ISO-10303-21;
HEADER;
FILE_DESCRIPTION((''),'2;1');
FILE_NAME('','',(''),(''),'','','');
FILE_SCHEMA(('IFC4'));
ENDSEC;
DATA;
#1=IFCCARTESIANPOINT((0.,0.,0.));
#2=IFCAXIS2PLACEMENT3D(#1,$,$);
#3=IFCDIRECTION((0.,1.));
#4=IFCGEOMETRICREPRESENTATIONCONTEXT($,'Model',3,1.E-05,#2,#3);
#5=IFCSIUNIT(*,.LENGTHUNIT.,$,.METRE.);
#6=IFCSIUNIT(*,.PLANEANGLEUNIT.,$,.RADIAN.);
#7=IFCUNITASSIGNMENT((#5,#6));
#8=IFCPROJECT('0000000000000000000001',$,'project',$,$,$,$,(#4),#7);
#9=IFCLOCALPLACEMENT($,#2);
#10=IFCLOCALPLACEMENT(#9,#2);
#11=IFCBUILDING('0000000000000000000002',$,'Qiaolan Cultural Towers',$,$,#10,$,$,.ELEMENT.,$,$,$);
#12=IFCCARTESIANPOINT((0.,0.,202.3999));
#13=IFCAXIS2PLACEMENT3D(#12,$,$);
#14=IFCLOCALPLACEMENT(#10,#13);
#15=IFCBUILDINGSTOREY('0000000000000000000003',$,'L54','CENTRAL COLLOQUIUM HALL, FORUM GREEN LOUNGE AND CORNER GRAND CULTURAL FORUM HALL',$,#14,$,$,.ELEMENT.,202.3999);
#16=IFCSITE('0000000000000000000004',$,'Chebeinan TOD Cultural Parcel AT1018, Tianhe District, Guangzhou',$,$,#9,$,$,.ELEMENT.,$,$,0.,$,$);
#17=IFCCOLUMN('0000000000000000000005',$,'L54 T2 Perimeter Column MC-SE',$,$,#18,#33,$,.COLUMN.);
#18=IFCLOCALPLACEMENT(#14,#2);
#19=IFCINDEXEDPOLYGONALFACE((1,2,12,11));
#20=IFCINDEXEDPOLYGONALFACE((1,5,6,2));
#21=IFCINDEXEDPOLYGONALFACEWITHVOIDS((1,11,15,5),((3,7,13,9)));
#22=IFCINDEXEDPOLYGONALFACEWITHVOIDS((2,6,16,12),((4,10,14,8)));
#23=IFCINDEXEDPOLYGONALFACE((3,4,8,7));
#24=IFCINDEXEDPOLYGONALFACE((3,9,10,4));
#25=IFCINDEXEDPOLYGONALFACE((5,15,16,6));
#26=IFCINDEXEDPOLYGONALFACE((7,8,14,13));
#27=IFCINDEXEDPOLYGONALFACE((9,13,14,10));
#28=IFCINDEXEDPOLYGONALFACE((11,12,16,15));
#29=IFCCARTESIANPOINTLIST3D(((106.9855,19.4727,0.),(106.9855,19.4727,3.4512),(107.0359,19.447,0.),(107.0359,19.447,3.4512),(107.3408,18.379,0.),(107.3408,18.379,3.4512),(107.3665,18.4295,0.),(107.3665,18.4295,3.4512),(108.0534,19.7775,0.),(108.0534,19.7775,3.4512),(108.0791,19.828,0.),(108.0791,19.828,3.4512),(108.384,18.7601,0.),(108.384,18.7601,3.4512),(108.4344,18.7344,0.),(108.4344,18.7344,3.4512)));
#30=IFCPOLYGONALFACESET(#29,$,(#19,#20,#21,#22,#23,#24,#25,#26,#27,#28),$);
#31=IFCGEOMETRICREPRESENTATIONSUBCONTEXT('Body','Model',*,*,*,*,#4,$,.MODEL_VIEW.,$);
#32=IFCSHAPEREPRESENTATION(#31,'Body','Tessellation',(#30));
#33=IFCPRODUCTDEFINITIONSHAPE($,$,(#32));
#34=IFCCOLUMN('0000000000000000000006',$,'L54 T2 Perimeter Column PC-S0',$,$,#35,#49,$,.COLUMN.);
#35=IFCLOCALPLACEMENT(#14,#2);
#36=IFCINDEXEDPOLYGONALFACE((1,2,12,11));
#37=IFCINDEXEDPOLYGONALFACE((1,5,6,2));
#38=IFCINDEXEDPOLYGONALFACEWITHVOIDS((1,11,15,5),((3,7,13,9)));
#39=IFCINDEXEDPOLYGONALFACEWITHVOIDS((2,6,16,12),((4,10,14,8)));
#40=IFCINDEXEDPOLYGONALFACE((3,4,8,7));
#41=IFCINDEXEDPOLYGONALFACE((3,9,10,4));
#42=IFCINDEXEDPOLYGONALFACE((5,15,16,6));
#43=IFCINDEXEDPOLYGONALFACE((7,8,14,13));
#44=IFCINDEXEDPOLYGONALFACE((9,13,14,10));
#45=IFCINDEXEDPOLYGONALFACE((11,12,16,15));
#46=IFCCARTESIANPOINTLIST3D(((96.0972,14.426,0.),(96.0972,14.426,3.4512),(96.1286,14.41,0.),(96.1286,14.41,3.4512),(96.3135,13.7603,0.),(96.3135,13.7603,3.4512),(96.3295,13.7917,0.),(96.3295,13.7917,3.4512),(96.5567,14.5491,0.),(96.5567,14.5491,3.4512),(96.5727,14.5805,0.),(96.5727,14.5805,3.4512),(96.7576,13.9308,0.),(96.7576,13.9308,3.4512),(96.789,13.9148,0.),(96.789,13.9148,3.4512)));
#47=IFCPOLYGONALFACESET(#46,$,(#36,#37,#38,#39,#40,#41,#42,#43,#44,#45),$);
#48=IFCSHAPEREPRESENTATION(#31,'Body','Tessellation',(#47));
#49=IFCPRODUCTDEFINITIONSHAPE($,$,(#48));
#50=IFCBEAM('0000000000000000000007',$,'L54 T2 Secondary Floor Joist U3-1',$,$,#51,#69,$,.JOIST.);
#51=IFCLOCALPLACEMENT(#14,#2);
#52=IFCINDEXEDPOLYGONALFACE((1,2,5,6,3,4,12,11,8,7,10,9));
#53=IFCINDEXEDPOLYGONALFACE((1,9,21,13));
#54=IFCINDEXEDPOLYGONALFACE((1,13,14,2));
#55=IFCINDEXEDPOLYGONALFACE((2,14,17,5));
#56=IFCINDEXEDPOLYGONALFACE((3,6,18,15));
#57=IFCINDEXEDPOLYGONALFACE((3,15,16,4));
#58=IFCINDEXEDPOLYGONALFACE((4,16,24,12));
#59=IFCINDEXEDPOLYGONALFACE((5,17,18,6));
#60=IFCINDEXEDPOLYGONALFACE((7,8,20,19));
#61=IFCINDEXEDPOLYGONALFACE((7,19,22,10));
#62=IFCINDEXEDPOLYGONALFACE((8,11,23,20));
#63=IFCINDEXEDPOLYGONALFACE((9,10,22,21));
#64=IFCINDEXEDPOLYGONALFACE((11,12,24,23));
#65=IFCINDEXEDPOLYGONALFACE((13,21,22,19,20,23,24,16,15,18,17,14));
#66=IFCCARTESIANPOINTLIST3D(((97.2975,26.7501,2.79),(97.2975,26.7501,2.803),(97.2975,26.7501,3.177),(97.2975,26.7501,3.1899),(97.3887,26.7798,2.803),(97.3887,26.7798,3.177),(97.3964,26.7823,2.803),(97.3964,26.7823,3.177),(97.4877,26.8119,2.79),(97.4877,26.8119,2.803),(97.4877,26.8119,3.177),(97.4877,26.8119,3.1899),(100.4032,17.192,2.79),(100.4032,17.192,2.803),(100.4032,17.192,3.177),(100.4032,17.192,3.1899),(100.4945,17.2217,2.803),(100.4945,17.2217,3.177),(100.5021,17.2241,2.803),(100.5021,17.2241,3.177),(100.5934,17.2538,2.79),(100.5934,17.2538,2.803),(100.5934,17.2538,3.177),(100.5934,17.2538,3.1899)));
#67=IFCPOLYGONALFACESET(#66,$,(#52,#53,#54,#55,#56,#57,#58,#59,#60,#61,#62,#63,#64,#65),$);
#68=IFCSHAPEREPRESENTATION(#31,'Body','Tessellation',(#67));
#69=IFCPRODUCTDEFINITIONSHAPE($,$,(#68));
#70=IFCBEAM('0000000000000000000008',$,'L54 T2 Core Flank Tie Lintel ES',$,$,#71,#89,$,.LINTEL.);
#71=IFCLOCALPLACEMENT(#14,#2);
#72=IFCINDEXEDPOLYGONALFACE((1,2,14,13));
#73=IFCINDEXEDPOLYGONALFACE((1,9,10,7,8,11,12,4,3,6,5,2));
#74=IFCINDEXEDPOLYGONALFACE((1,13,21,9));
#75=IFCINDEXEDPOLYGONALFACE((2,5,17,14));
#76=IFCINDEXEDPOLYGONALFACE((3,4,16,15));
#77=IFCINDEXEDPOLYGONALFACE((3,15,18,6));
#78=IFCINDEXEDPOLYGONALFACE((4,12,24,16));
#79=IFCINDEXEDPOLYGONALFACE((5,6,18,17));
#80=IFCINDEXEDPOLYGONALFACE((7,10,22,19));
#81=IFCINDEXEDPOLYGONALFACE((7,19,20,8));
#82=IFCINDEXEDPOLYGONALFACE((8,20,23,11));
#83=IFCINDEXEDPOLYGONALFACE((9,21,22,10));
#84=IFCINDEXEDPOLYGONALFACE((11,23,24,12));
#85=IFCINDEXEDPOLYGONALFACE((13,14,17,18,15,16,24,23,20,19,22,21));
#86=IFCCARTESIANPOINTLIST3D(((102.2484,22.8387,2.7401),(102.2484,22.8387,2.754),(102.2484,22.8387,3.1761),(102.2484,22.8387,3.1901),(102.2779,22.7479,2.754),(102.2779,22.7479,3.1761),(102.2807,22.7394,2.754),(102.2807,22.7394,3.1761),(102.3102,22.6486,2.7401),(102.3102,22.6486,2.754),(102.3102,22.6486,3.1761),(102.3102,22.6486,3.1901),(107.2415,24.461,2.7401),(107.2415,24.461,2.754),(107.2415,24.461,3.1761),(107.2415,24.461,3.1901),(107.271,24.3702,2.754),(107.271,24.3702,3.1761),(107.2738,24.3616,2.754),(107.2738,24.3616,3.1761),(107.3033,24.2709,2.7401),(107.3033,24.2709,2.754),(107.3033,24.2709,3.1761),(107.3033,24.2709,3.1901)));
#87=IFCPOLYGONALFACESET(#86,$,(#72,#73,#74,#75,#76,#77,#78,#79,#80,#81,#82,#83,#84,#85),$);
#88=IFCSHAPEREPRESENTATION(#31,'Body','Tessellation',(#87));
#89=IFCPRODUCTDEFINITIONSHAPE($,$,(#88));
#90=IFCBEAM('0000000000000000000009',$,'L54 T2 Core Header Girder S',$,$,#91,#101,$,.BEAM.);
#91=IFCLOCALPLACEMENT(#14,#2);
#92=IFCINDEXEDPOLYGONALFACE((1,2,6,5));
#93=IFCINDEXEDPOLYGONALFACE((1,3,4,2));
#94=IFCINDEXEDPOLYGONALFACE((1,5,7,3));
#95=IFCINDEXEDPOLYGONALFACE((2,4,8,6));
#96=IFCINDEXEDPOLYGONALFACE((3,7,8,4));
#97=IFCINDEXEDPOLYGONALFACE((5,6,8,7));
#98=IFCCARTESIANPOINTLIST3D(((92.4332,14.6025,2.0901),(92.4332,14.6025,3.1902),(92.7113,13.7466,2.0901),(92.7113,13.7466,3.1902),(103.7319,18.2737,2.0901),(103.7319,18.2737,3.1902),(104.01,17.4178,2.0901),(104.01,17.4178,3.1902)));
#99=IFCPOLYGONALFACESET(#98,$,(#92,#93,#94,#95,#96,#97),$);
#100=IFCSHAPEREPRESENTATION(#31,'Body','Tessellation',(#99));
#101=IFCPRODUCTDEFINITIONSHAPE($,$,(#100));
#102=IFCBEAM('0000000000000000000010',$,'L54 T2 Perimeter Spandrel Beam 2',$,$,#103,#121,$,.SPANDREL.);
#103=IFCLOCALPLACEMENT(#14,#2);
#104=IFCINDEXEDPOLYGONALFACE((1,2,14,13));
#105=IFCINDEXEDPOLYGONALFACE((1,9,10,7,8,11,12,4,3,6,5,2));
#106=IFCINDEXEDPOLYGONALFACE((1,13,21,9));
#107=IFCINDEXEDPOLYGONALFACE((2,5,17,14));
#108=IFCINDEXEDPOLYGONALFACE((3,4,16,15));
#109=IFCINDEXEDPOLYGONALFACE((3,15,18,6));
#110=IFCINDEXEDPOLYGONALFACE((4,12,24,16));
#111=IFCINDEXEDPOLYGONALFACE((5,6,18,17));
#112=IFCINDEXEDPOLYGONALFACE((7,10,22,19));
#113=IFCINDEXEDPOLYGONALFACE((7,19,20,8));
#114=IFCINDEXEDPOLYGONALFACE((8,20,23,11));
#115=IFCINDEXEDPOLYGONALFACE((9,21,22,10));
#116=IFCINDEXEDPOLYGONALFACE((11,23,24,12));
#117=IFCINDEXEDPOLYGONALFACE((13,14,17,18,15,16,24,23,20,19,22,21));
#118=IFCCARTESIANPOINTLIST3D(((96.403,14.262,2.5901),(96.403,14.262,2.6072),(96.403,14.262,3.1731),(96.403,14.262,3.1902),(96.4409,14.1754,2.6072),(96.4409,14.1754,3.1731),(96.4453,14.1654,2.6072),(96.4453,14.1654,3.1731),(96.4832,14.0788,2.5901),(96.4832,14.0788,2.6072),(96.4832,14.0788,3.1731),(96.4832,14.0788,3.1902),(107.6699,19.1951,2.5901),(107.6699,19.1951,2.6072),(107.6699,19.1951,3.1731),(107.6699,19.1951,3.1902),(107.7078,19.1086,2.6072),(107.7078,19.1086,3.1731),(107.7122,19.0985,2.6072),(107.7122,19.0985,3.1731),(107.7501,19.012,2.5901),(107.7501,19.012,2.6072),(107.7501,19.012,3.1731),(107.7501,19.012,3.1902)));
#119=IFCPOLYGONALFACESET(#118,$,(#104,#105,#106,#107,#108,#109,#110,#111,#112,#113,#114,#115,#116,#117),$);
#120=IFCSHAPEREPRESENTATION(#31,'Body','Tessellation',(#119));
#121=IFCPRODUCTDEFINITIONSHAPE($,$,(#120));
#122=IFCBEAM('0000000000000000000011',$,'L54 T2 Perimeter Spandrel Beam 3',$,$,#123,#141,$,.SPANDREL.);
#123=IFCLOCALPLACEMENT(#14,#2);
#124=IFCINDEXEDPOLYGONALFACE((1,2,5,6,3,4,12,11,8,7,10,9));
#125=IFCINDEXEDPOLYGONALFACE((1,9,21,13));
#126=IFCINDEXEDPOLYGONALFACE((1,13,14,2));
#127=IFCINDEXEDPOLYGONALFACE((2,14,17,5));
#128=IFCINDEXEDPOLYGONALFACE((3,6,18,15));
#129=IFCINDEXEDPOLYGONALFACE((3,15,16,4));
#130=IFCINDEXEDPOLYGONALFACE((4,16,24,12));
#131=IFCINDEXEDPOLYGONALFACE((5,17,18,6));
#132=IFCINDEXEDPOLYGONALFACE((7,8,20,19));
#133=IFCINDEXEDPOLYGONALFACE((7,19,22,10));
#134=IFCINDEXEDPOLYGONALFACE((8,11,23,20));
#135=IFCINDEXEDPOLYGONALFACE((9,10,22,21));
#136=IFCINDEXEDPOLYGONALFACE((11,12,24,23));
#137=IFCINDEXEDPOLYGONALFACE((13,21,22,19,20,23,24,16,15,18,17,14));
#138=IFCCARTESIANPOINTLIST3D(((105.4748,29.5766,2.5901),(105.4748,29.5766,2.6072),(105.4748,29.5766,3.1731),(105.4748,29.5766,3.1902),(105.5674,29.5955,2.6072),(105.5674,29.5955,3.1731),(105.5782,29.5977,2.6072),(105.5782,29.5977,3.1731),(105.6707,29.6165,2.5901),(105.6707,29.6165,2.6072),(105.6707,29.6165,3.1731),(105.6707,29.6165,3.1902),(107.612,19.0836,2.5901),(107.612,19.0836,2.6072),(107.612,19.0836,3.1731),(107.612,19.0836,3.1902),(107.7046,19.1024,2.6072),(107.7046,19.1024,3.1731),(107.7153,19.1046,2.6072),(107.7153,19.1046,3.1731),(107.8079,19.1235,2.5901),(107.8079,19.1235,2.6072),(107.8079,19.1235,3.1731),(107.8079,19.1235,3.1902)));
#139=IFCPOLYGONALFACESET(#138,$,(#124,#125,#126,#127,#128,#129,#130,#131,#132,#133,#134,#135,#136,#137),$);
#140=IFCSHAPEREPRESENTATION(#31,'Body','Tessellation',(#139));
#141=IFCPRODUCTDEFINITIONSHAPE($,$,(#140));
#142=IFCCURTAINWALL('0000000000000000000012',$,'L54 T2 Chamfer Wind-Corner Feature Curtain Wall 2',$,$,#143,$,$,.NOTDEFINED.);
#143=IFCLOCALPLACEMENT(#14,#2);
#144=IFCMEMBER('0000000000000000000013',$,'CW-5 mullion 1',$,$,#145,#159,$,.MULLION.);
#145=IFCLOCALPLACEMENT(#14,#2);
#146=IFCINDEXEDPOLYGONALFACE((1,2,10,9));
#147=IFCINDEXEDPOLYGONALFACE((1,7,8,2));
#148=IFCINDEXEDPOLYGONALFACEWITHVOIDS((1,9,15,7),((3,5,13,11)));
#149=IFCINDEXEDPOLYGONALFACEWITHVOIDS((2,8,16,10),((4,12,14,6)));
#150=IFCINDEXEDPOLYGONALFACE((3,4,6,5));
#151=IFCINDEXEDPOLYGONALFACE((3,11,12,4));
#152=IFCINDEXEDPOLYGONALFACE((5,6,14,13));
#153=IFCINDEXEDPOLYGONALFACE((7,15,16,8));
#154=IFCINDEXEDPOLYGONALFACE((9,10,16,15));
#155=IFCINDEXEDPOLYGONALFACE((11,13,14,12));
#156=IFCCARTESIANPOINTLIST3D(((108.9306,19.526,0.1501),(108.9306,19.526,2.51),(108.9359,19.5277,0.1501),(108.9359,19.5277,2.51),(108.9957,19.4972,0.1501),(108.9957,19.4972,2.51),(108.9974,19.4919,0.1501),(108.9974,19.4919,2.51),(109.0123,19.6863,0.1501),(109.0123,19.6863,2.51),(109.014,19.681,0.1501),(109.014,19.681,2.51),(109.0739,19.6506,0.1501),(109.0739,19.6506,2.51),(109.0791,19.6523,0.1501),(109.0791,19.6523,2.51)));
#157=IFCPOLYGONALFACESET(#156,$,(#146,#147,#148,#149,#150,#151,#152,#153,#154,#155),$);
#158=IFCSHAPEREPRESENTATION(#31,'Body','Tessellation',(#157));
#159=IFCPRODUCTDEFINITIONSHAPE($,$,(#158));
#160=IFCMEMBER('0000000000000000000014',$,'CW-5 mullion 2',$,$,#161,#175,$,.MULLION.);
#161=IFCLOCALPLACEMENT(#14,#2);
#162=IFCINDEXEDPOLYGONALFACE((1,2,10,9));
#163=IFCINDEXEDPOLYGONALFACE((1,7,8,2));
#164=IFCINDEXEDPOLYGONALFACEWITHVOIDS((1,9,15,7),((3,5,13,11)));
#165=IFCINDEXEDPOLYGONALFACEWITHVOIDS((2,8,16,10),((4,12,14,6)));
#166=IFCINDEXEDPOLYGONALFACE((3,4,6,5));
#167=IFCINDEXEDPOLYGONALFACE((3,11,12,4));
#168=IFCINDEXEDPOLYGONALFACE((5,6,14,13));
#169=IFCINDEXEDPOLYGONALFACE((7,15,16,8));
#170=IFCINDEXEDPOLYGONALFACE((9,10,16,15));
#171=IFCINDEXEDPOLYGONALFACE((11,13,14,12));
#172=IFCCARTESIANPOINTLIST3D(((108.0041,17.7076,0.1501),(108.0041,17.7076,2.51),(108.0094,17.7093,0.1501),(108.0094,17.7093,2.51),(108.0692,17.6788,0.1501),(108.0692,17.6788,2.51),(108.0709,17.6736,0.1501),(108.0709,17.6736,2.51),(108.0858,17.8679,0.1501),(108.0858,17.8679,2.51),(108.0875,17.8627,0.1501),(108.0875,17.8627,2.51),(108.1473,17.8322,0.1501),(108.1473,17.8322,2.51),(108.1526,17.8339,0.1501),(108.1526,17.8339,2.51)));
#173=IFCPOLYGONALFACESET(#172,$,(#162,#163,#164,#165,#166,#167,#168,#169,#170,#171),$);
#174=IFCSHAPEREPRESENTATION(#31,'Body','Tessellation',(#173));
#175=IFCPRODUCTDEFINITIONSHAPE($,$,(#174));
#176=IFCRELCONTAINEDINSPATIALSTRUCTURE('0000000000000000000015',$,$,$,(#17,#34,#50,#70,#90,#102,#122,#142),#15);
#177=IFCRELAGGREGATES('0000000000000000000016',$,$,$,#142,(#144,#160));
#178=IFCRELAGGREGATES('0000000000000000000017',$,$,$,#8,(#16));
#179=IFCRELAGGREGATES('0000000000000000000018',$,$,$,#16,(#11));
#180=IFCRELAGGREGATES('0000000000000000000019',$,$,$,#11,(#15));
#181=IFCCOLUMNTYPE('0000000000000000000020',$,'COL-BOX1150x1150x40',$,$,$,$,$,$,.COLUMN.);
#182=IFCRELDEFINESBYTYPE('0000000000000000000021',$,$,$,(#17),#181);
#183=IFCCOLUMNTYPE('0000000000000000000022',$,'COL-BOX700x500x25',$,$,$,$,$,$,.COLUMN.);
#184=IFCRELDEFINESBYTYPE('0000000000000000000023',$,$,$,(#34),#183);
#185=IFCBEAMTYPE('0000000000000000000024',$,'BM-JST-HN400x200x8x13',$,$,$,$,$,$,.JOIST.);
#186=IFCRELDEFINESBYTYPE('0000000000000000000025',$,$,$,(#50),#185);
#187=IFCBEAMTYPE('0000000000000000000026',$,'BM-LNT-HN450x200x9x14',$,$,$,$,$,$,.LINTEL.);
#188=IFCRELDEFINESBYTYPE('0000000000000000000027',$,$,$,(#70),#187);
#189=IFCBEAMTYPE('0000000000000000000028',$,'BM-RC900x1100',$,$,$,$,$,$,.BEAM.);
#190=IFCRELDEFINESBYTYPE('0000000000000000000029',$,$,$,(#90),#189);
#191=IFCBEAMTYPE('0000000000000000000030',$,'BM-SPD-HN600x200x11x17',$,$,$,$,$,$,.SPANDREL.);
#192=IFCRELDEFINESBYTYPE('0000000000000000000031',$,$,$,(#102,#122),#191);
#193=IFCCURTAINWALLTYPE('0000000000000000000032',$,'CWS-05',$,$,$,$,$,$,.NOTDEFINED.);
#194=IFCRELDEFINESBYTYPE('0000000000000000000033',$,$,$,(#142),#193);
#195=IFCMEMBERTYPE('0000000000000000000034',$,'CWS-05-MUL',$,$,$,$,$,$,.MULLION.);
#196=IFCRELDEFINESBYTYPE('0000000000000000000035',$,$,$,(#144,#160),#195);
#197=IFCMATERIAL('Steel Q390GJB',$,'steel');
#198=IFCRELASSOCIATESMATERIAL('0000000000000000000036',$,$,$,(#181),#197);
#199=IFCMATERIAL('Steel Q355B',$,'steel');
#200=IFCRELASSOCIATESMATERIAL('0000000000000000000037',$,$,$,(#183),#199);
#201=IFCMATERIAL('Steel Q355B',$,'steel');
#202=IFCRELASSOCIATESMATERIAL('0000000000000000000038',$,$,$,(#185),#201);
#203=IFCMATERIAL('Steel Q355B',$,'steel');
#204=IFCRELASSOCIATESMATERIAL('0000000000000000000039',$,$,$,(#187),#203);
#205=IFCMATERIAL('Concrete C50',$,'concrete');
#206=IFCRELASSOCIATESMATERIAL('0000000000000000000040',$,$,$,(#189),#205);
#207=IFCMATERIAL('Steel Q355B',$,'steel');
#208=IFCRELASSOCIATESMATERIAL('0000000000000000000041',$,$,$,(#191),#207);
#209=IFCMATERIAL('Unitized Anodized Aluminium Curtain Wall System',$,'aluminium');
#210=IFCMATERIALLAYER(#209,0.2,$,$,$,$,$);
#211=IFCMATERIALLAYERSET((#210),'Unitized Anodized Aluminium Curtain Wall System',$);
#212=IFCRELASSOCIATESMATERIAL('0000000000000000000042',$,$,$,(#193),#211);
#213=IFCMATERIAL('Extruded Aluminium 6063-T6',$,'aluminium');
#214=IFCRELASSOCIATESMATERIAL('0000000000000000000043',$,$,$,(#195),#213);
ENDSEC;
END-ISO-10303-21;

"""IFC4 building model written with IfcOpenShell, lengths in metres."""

from ifc_helpers import new_model, si_unit, direction, frame, origin, origin_2d, place, context, subcontext, project, spatial, rectangle, hollow_rectangle, i_section, extrude, material, layer, layer_set, material_profile, profile_set, type_object, element, aggregate, save


model = new_model("IFC4")

# Units and contexts
model_context = context("Model", 3, precision=1e-05, world=origin(), true_north=direction((0.0, 1.0)))
body_context = subcontext(model_context, "Body", "Model", "MODEL_VIEW")
ifc_project = project(units=[si_unit("LENGTHUNIT", "METRE"), si_unit("PLANEANGLEUNIT", "RADIAN")], contexts=[model_context])

# Site, building, storey
site_placement = place(None, origin())
site = spatial("IfcSite", under=ifc_project, at=site_placement, Name="Chebeinan TOD Cultural Parcel AT1018, Tianhe District, Guangzhou", CompositionType="ELEMENT", RefElevation=0.0)
building_placement = place(site_placement, origin())
building = spatial("IfcBuilding", under=site, at=building_placement, Name="Qiaolan Cultural Towers", CompositionType="ELEMENT")
storey_placement = place(building_placement, frame((0.0, 0.0, 202.3999)))
storey = spatial("IfcBuildingStorey", under=building, at=storey_placement, Name="L54", Description="CENTRAL COLLOQUIUM HALL, FORUM GREEN LOUNGE AND CORNER GRAND CULTURAL FORUM HALL", CompositionType="ELEMENT", Elevation=202.3999)

# Columns
ifc_material_1 = material(Name="Steel Q390GJB", Category="steel")
ifc_material_profile_1 = material_profile(ifc_material_1, hollow_rectangle(XDim=1.1499, YDim=1.1499, WallThickness=0.04, at=origin_2d()), Name="BOX1150x1150x40")
ifc_profile_set_1 = profile_set([ifc_material_profile_1], Name="Steel Q390GJB")
column_type_1 = type_object("IfcColumnType", Name="COL-BOX1150x1150x40", PredefinedType="COLUMN", material=ifc_profile_set_1)
column_1_placement = place(storey_placement, frame((107.71, 19.1035, 0.0), z_axis=(0.0, 0.0, 1.0), x_axis=(0.951057, 0.309017, 0.0)))
element("IfcColumn", 1, at=column_1_placement, inside=storey, type_object=column_type_1, Name="L54 T2 Perimeter Column MC-SE", PredefinedType="COLUMN", context=body_context, shape_type="SweptSolid", body=[
    extrude(hollow_rectangle(XDim=1.1499, YDim=1.1499, WallThickness=0.04, at=origin_2d()), origin(), (0.0, 0.0, 1.0), 3.4512),
])
ifc_material_2 = material(Name="Steel Q355B", Category="steel")
ifc_material_profile_2 = material_profile(ifc_material_2, hollow_rectangle(XDim=0.5, YDim=0.7, WallThickness=0.0249, at=origin_2d()), Name="BOX700x500x25")
ifc_profile_set_2 = profile_set([ifc_material_profile_2], Name="Steel Q355B")
column_type_2 = type_object("IfcColumnType", Name="COL-BOX700x500x25", PredefinedType="COLUMN", material=ifc_profile_set_2)
column_2_placement = place(storey_placement, frame((96.4431, 14.1704, 0.0), z_axis=(0.0, 0.0, 1.0), x_axis=(0.951057, 0.309017, 0.0)))
element("IfcColumn", 2, at=column_2_placement, inside=storey, type_object=column_type_2, Name="L54 T2 Perimeter Column PC-S0", PredefinedType="COLUMN", context=body_context, shape_type="SweptSolid", body=[
    extrude(hollow_rectangle(XDim=0.5, YDim=0.7, WallThickness=0.0249, at=origin_2d()), origin(), (0.0, 0.0, 1.0), 3.4512),
])

# Beams
ifc_material_3 = material(Name="Steel Q355B", Category="steel")
ifc_material_profile_3 = material_profile(ifc_material_3, i_section(OverallWidth=0.2, OverallDepth=0.3999, WebThickness=0.0081, FlangeThickness=0.0129, at=origin_2d()), Name="HN400x200x8x13")
ifc_profile_set_3 = profile_set([ifc_material_profile_3], Name="Steel Q355B")
beam_type_1 = type_object("IfcBeamType", Name="BM-JST-HN400x200x8x13", PredefinedType="JOIST", material=ifc_profile_set_3)
beam_1_placement = place(storey_placement, frame((100.4983, 17.2229, 2.99), z_axis=(-0.309026, 0.951054, 0.0), x_axis=(-0.951054, -0.309026, 0.0)))
element("IfcBeam", 3, at=beam_1_placement, inside=storey, type_object=beam_type_1, Name="L54 T2 Secondary Floor Joist U3-1", PredefinedType="JOIST", context=body_context, shape_type="SweptSolid", body=[
    extrude(i_section(OverallWidth=0.2, OverallDepth=0.3999, WebThickness=0.0081, FlangeThickness=0.0129, at=origin_2d()), origin(), (0.0, 0.0, 1.0), 10.05),
])
ifc_material_4 = material(Name="Steel Q355B", Category="steel")
ifc_material_profile_4 = material_profile(ifc_material_4, i_section(OverallWidth=0.2, OverallDepth=0.45, WebThickness=0.009, FlangeThickness=0.0139, at=origin_2d()), Name="HN450x200x9x14")
ifc_profile_set_4 = profile_set([ifc_material_profile_4], Name="Steel Q355B")
beam_type_2 = type_object("IfcBeamType", Name="BM-LNT-HN450x200x9x14", PredefinedType="LINTEL", material=ifc_profile_set_4)
beam_2_placement = place(storey_placement, frame((102.2793, 22.7437, 2.9651), z_axis=(0.95106, 0.309006, 0.0), x_axis=(-0.309006, 0.95106, 0.0)))
element("IfcBeam", 4, at=beam_2_placement, inside=storey, type_object=beam_type_2, Name="L54 T2 Core Flank Tie Lintel ES", PredefinedType="LINTEL", context=body_context, shape_type="SweptSolid", body=[
    extrude(i_section(OverallWidth=0.2, OverallDepth=0.45, WebThickness=0.009, FlangeThickness=0.0139, at=origin_2d()), origin(), (0.0, 0.0, 1.0), 5.25),
])
ifc_material_5 = material(Name="Concrete C50", Category="concrete")
ifc_material_profile_5 = material_profile(ifc_material_5, rectangle(XDim=0.8999, YDim=1.1001, at=origin_2d()), Name="RC900x1100")
ifc_profile_set_5 = profile_set([ifc_material_profile_5], Name="Concrete C50")
beam_type_3 = type_object("IfcBeamType", Name="BM-RC900x1100", PredefinedType="BEAM", material=ifc_profile_set_5)
beam_3_placement = place(storey_placement, frame((92.5723, 14.1746, 2.6401), z_axis=(0.951056, 0.309018, 0.0), x_axis=(-0.309018, 0.951056, 0.0)))
element("IfcBeam", 5, at=beam_3_placement, inside=storey, type_object=beam_type_3, Name="L54 T2 Core Header Girder S", PredefinedType="BEAM", context=body_context, shape_type="SweptSolid", body=[
    extrude(rectangle(XDim=0.8999, YDim=1.1001, at=origin_2d()), origin(), (0.0, 0.0, 1.0), 11.8801),
])
ifc_material_6 = material(Name="Steel Q355B", Category="steel")
ifc_material_profile_6 = material_profile(ifc_material_6, i_section(OverallWidth=0.2, OverallDepth=0.6001, WebThickness=0.011, FlangeThickness=0.0171, at=origin_2d()), Name="HN600x200x11x17")
ifc_profile_set_6 = profile_set([ifc_material_profile_6], Name="Steel Q355B")
beam_type_4 = type_object("IfcBeamType", Name="BM-SPD-HN600x200x11x17", PredefinedType="SPANDREL", material=ifc_profile_set_6)
beam_4_placement = place(storey_placement, frame((96.4431, 14.1704, 2.8901), z_axis=(0.916042, 0.401082, 0.0), x_axis=(-0.401082, 0.916042, 0.0)))
element("IfcBeam", 6, at=beam_4_placement, inside=storey, type_object=beam_type_4, Name="L54 T2 Perimeter Spandrel Beam 2", PredefinedType="SPANDREL", context=body_context, shape_type="SweptSolid", body=[
    extrude(i_section(OverallWidth=0.2, OverallDepth=0.6001, WebThickness=0.011, FlangeThickness=0.0171, at=origin_2d()), origin(), (0.0, 0.0, 1.0), 12.2996),
])
beam_5_placement = place(storey_placement, frame((107.71, 19.1035, 2.8901), z_axis=(-0.199579, 0.979882, 0.0), x_axis=(-0.979882, -0.199579, 0.0)))
element("IfcBeam", 7, at=beam_5_placement, inside=storey, type_object=beam_type_4, Name="L54 T2 Perimeter Spandrel Beam 3", PredefinedType="SPANDREL", context=body_context, shape_type="SweptSolid", body=[
    extrude(i_section(OverallWidth=0.2, OverallDepth=0.6001, WebThickness=0.011, FlangeThickness=0.0171, at=origin_2d()), origin(), (0.0, 0.0, 1.0), 10.7085),
])

# Curtain wall, members
ifc_material_7 = material(Name="Unitized Anodized Aluminium Curtain Wall System", Category="aluminium")
ifc_layer_1 = layer(ifc_material_7, 0.2)
ifc_layer_set_1 = layer_set([ifc_layer_1], Name="Unitized Anodized Aluminium Curtain Wall System")
curtain_wall_type = type_object("IfcCurtainWallType", Name="CWS-05", PredefinedType="NOTDEFINED", material=ifc_layer_set_1)
curtain_wall_placement = place(storey_placement, origin())
curtain_wall = element("IfcCurtainWall", 8, at=curtain_wall_placement, inside=storey, type_object=curtain_wall_type, Name="L54 T2 Chamfer Wind-Corner Feature Curtain Wall 2", PredefinedType="NOTDEFINED")
ifc_material_8 = material(Name="Extruded Aluminium 6063-T6", Category="aluminium")
ifc_material_profile_7 = material_profile(ifc_material_8, hollow_rectangle(XDim=0.075, YDim=0.1799, WallThickness=0.0039, at=origin_2d()), Name="CWM-180x75x4")
ifc_profile_set_7 = profile_set([ifc_material_profile_7], Name="Extruded Aluminium 6063-T6")
member_type_1 = type_object("IfcMemberType", Name="CWS-05-MUL", PredefinedType="MULLION", material=ifc_profile_set_7)
member_1_placement = place(storey_placement, frame((109.0049, 19.5891, 0.1501), z_axis=(0.0, 0.0, 1.0), x_axis=(0.891007, -0.45399, 0.0)))
member_1 = element("IfcMember", 9, at=member_1_placement, type_object=member_type_1, Name="CW-5 mullion 1", PredefinedType="MULLION", context=body_context, shape_type="SweptSolid", body=[
    extrude(hollow_rectangle(XDim=0.075, YDim=0.1799, WallThickness=0.0039, at=origin_2d()), origin(), (0.0, 0.0, 1.0), 2.3599),
])
member_2_placement = place(storey_placement, frame((108.0784, 17.7708, 0.1501), z_axis=(0.0, 0.0, 1.0), x_axis=(0.891007, -0.45399, 0.0)))
member_2 = element("IfcMember", 10, at=member_2_placement, type_object=member_type_1, Name="CW-5 mullion 2", PredefinedType="MULLION", context=body_context, shape_type="SweptSolid", body=[
    extrude(hollow_rectangle(XDim=0.075, YDim=0.1799, WallThickness=0.0039, at=origin_2d()), origin(), (0.0, 0.0, 1.0), 2.3599),
])
aggregate(curtain_wall, [member_1, member_2])

save(model, "model.ifc")
